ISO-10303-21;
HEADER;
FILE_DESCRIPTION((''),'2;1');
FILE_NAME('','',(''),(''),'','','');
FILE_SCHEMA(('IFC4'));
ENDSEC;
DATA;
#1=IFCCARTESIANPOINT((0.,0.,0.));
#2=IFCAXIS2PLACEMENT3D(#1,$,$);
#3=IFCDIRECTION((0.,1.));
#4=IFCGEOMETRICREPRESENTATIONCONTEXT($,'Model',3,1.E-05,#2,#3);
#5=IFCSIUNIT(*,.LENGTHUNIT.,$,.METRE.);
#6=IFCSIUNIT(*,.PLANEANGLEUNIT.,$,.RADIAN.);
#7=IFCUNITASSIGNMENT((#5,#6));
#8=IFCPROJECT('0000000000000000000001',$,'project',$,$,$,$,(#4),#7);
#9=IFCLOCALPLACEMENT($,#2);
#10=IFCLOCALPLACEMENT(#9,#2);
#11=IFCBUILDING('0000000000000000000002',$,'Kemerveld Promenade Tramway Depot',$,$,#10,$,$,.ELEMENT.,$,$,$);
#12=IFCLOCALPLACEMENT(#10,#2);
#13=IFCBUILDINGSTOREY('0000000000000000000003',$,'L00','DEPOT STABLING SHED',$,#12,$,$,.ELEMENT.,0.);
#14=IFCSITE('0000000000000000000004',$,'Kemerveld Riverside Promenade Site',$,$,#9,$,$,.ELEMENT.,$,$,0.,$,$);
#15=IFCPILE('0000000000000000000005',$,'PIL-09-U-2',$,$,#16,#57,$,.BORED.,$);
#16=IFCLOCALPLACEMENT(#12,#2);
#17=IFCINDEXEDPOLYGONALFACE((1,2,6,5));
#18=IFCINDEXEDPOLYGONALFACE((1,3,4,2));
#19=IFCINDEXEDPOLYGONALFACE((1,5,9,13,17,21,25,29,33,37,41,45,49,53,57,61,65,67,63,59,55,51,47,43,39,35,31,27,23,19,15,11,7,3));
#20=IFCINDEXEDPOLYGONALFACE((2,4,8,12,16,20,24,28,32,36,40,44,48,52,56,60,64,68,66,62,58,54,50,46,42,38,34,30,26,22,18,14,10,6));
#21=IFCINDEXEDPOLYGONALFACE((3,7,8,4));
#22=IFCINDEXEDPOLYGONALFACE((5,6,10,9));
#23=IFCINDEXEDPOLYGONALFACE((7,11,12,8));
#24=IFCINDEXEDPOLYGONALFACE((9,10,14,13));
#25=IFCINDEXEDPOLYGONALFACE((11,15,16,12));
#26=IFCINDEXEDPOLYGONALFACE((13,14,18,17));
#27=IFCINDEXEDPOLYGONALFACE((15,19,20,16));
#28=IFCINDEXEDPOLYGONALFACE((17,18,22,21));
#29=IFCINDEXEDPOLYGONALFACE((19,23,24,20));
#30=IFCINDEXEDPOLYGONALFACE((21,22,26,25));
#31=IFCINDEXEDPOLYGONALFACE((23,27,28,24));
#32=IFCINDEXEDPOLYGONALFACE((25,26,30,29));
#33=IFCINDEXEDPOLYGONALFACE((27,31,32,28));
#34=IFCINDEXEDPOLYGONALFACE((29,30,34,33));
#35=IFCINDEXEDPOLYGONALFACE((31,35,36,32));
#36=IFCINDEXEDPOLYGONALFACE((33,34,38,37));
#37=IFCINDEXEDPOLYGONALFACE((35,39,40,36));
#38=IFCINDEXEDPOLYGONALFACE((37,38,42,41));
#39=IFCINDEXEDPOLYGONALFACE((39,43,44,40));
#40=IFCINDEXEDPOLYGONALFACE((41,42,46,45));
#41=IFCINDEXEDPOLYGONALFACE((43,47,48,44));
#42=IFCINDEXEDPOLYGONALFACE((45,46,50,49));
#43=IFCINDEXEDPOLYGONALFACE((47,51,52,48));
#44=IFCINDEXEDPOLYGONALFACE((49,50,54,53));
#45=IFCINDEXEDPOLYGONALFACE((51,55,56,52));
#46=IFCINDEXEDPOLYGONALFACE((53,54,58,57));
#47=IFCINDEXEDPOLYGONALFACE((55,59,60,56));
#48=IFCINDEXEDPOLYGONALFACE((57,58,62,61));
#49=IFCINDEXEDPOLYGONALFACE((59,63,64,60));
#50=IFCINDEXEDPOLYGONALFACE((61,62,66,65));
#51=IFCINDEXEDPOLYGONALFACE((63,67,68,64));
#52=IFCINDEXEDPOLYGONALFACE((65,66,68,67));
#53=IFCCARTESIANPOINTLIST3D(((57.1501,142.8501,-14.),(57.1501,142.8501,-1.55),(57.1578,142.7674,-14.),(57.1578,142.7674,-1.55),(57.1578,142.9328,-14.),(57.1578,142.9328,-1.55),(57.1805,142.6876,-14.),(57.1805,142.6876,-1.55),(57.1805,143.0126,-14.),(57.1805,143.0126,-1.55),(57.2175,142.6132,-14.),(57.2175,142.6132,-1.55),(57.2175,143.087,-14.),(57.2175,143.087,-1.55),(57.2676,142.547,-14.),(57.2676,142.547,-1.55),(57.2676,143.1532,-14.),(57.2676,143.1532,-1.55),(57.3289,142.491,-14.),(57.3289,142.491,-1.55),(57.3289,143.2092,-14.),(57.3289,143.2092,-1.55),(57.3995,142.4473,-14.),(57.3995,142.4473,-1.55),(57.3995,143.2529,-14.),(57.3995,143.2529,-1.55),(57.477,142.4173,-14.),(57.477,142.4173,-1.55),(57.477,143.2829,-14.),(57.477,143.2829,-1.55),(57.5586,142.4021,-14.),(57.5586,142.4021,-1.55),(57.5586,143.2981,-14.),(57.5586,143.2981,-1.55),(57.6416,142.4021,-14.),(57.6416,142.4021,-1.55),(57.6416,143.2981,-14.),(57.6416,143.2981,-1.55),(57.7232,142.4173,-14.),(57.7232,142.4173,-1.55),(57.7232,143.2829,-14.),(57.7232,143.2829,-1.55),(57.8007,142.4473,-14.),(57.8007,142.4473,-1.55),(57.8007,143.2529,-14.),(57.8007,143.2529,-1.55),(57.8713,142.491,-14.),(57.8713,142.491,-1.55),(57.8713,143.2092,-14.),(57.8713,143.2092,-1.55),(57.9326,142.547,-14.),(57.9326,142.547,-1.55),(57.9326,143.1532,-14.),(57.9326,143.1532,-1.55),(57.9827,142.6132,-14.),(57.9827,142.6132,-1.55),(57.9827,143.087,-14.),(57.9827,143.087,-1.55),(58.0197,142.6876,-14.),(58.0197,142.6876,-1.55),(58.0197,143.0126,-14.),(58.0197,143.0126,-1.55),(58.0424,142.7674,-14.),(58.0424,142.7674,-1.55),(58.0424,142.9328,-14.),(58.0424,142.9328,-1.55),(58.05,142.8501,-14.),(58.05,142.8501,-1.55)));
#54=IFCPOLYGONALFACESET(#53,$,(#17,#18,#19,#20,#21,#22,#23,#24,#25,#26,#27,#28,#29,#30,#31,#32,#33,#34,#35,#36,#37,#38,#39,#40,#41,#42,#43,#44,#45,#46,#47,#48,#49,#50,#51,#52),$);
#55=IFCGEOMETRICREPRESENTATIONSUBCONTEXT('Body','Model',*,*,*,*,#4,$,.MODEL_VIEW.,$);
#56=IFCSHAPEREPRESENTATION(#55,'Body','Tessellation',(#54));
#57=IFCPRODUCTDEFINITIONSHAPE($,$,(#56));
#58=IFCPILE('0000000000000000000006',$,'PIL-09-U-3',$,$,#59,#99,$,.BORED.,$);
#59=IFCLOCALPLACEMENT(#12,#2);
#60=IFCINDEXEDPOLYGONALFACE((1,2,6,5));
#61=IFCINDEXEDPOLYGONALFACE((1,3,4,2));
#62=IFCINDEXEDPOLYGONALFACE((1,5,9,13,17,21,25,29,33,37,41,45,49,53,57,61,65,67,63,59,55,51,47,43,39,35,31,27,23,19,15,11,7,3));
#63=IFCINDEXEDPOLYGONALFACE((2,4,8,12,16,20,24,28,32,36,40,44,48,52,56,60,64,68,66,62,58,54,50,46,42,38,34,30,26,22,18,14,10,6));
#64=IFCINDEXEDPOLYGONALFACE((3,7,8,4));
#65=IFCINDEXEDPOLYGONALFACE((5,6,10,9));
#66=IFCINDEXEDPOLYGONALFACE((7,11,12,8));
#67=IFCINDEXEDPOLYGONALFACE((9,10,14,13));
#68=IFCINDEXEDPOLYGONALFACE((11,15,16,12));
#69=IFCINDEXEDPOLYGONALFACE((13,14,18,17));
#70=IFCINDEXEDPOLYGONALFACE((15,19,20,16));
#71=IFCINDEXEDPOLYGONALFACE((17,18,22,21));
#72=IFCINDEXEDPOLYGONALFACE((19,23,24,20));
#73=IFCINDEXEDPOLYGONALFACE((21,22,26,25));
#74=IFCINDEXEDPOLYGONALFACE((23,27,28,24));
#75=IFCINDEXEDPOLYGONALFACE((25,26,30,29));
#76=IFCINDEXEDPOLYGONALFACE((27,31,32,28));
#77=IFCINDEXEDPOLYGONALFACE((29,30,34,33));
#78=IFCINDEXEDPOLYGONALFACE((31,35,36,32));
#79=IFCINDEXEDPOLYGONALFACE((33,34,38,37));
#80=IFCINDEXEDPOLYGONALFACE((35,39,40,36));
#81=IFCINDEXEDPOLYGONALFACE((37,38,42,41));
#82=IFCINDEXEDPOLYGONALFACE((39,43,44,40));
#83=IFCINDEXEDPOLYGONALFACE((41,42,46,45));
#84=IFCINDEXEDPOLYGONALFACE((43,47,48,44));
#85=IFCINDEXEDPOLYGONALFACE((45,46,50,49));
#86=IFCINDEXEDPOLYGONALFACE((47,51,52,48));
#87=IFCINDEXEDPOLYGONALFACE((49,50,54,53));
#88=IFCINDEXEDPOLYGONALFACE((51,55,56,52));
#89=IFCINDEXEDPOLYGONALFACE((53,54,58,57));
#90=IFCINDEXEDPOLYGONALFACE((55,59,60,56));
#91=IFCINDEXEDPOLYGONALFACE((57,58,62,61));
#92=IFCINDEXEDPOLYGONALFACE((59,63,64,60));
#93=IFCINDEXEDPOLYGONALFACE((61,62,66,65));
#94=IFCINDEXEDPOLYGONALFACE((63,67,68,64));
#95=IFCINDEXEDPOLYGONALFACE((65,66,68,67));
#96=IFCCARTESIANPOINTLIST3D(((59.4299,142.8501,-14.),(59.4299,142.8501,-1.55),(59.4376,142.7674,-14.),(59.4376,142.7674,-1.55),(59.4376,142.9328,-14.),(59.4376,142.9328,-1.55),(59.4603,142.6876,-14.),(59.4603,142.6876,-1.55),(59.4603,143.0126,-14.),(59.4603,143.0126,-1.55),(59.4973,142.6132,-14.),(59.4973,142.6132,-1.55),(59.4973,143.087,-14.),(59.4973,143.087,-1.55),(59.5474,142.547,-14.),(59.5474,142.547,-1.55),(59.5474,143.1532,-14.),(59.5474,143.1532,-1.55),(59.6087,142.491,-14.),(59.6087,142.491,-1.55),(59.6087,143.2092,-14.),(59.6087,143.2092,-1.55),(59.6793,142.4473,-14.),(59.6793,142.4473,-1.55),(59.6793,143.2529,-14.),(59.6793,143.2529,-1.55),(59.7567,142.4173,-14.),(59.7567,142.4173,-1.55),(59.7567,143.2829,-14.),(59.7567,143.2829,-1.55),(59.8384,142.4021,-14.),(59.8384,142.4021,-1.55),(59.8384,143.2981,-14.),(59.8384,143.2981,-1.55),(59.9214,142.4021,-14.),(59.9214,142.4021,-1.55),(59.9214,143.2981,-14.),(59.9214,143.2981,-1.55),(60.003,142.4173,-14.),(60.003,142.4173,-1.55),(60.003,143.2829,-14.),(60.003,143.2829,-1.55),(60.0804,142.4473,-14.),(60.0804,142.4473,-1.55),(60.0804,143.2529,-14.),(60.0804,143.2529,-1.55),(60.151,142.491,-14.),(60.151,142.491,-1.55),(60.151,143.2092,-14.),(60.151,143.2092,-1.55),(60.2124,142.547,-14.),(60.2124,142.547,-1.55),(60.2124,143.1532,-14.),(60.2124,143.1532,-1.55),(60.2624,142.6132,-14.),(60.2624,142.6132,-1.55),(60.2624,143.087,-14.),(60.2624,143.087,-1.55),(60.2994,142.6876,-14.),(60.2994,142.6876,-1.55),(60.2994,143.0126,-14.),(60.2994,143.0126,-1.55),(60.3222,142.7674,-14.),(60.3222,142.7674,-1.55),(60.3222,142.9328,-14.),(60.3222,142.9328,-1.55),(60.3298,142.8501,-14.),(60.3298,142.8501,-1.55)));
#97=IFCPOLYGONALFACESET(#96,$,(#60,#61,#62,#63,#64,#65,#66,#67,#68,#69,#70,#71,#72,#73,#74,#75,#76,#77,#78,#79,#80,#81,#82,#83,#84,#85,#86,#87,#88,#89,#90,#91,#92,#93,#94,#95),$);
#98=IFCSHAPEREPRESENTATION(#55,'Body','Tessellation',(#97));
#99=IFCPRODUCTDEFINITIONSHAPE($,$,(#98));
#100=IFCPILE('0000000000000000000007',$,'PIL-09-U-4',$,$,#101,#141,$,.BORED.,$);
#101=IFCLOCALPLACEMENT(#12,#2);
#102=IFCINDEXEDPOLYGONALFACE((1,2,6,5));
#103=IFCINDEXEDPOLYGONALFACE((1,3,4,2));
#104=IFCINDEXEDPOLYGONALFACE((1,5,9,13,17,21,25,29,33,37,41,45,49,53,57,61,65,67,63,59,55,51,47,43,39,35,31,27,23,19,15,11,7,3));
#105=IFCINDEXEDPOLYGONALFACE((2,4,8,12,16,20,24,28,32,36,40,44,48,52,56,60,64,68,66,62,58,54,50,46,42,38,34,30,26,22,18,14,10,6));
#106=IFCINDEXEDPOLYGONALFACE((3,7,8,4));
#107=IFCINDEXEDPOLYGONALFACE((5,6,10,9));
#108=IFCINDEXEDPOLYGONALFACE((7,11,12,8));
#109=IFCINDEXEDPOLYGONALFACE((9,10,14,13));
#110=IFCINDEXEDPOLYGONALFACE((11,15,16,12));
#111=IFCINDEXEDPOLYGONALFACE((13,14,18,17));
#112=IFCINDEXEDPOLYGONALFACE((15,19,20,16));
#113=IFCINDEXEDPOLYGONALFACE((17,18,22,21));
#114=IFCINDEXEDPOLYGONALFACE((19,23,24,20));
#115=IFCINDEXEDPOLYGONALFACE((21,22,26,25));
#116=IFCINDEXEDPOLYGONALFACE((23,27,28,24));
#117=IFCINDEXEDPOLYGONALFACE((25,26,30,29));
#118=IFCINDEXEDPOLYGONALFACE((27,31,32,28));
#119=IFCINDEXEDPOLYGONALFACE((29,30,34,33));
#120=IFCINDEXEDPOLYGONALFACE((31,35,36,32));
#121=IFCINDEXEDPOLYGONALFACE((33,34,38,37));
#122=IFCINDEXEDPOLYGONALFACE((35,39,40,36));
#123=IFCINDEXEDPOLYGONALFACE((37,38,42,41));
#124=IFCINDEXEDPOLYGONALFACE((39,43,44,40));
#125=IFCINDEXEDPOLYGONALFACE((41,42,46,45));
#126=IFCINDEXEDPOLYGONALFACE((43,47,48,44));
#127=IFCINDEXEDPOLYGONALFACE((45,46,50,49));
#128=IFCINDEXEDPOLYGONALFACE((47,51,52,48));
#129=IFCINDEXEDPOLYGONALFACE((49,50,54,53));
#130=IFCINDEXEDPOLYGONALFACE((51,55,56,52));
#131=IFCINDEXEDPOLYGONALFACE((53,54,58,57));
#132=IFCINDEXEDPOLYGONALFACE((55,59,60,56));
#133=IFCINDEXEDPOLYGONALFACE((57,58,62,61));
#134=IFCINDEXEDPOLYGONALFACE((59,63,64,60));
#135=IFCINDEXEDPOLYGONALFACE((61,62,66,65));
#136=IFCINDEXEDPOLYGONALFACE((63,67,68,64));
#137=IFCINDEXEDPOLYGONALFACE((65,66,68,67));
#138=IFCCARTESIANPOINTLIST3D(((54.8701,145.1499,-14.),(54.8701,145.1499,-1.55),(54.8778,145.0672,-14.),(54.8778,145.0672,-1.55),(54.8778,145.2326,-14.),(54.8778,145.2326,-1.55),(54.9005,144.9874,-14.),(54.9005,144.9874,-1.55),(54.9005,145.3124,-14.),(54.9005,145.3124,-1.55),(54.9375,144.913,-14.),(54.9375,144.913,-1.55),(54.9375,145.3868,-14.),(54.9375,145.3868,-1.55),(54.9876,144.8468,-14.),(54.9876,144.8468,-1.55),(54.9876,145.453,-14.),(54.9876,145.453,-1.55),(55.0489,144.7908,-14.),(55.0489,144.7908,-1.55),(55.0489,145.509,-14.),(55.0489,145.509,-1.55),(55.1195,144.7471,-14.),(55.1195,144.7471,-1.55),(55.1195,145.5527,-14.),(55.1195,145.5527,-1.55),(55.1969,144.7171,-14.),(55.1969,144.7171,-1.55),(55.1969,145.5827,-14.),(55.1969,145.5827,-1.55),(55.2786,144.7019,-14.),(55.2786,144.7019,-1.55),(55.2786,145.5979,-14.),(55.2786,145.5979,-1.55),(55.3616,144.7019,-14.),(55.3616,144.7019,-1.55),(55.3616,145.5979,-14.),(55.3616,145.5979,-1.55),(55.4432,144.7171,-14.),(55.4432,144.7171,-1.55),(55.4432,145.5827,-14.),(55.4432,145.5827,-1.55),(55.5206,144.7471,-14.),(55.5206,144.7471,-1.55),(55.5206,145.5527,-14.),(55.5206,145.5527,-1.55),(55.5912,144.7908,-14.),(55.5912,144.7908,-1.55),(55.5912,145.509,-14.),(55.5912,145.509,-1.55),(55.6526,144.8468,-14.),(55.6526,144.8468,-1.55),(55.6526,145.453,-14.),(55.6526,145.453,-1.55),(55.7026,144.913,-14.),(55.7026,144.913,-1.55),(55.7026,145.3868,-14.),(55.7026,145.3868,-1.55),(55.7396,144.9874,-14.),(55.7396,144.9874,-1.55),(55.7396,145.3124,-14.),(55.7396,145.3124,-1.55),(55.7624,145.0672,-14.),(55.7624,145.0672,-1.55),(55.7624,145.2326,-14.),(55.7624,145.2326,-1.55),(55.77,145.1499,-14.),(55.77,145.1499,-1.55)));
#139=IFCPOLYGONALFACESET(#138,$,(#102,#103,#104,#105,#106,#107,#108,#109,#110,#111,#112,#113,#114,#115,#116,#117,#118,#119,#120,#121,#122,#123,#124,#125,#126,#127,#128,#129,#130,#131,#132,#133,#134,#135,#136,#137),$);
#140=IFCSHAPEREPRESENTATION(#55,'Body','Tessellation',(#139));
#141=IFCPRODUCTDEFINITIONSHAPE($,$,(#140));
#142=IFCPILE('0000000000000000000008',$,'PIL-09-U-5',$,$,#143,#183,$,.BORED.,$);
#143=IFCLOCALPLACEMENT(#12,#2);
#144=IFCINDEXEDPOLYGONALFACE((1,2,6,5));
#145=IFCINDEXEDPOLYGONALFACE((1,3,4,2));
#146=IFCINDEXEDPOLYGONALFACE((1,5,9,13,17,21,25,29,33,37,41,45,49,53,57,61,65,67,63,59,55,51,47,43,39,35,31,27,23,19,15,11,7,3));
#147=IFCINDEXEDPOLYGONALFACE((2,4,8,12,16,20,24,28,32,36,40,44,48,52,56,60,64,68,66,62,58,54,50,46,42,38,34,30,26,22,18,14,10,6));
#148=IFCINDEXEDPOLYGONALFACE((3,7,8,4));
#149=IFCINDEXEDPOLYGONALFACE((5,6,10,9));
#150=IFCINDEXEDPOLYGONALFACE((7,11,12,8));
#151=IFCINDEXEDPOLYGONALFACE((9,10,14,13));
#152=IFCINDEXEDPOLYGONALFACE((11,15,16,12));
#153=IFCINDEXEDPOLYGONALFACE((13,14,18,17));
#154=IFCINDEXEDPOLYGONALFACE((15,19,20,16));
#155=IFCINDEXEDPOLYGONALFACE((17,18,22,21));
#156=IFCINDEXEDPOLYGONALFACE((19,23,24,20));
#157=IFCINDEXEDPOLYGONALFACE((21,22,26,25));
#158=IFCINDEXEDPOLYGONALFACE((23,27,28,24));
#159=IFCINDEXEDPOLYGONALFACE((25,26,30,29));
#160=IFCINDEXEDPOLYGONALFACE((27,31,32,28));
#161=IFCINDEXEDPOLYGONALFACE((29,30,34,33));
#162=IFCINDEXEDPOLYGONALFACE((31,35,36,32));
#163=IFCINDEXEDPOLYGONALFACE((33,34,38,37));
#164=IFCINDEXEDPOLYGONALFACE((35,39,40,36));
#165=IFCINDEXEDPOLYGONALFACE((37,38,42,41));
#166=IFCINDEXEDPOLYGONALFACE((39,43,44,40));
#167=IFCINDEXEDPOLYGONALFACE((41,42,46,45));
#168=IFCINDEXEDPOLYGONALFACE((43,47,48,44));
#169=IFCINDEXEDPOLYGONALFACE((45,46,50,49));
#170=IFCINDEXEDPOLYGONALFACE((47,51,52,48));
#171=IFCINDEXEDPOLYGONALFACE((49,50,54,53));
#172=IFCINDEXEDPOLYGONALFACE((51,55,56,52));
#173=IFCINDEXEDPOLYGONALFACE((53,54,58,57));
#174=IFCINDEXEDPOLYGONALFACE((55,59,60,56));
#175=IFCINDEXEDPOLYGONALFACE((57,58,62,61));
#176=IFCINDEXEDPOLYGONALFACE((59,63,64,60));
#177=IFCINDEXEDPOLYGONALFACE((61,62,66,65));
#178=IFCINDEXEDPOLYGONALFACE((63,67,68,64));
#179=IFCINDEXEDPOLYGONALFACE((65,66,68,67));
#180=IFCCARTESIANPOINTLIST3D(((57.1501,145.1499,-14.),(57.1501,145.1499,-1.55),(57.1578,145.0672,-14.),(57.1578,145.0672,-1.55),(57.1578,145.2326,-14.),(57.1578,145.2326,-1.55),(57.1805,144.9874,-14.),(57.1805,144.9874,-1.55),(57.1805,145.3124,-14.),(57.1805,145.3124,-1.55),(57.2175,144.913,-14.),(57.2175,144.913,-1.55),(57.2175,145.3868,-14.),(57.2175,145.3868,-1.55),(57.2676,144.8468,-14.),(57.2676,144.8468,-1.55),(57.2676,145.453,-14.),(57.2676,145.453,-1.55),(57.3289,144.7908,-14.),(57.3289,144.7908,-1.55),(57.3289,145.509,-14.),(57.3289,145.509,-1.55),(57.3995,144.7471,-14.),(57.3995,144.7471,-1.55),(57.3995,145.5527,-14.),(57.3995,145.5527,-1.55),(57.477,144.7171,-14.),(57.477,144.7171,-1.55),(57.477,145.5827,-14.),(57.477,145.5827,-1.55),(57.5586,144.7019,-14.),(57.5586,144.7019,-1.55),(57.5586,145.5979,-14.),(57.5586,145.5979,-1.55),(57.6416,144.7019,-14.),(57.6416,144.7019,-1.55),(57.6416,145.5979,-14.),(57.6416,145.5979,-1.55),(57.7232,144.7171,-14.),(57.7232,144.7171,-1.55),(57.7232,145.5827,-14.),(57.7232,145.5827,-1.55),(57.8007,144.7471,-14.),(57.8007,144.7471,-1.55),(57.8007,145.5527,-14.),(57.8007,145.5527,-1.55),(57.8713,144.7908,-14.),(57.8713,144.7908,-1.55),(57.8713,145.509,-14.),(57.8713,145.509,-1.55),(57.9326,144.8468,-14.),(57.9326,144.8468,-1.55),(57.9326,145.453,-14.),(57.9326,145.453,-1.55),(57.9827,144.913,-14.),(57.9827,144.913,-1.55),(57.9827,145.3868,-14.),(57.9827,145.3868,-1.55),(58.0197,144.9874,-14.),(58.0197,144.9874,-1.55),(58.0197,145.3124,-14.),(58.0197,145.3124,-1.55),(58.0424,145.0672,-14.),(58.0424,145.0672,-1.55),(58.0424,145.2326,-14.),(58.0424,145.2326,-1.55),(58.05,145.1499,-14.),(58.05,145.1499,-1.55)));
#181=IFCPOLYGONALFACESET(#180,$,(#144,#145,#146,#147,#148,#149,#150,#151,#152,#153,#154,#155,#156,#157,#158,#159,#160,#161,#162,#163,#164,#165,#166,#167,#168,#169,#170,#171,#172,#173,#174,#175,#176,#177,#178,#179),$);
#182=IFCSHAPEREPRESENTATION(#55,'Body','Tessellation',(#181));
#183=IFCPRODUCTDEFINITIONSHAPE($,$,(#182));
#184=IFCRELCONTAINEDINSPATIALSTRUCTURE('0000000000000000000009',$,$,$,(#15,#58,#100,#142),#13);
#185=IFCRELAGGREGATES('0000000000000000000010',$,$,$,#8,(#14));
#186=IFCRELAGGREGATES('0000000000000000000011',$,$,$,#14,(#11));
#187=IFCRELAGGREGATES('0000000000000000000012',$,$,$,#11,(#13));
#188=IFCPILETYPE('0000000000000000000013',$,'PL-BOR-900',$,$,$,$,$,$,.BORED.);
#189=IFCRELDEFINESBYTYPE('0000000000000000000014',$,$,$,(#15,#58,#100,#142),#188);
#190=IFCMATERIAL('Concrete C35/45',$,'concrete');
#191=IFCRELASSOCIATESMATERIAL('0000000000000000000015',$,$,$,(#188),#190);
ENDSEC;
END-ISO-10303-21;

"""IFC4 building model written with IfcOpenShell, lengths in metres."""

from ifc_helpers import new_model, si_unit, direction, frame, origin, origin_2d, place, context, subcontext, project, spatial, circle, extrude, material, material_profile, profile_set, type_object, element, save


model = new_model("IFC4")

# Units and contexts
model_context = context("Model", 3, precision=1e-05, world=origin(), true_north=direction((0.0, 1.0)))
body_context = subcontext(model_context, "Body", "Model", "MODEL_VIEW")
ifc_project = project(units=[si_unit("LENGTHUNIT", "METRE"), si_unit("PLANEANGLEUNIT", "RADIAN")], contexts=[model_context])

# Site, building, storey
site_placement = place(None, origin())
site = spatial("IfcSite", under=ifc_project, at=site_placement, Name="Kemerveld Riverside Promenade Site", CompositionType="ELEMENT", RefElevation=0.0)
building_placement = place(site_placement, origin())
building = spatial("IfcBuilding", under=site, at=building_placement, Name="Kemerveld Promenade Tramway Depot", CompositionType="ELEMENT")
storey_placement = place(building_placement, origin())
storey = spatial("IfcBuildingStorey", under=building, at=storey_placement, Name="L00", Description="DEPOT STABLING SHED", CompositionType="ELEMENT", Elevation=0.0)

# Shared definitions
ifc_material_1 = material(Name="Concrete C35/45", Category="concrete")

# Piles
ifc_material_profile_1 = material_profile(ifc_material_1, circle(Radius=0.45, at=origin_2d()), Name="PILE-D900")
ifc_profile_set_1 = profile_set([ifc_material_profile_1], Name="Concrete C35/45")
pile_type_1 = type_object("IfcPileType", Name="PL-BOR-900", PredefinedType="BORED", material=ifc_profile_set_1)
for number, where, z_axis, x_axis, name in (
    (1, (57.6001, 142.8501, -1.55), (0.0, 0.0, -1.0), (1.0, 0.0, 0.0), "PIL-09-U-2"),
    (2, (59.8799, 142.8501, -1.55), (0.0, 0.0, -1.0), (1.0, 0.0, 0.0), "PIL-09-U-3"),
    (3, (55.3201, 145.1499, -1.55), (0.0, 0.0, -1.0), (1.0, 0.0, 0.0), "PIL-09-U-4"),
    (4, (57.6001, 145.1499, -1.55), (0.0, 0.0, -1.0), (1.0, 0.0, 0.0), "PIL-09-U-5"),
):
    element("IfcPile", number, at=place(storey_placement, frame(where, z_axis=z_axis, x_axis=x_axis)), inside=storey, type_object=pile_type_1, Name=name, PredefinedType="BORED", context=body_context, shape_type="SweptSolid", body=[
        extrude(circle(Radius=0.45, at=origin_2d()), origin(), (0.0, 0.0, 1.0), 12.45),
    ])

save(model, "model.ifc")
